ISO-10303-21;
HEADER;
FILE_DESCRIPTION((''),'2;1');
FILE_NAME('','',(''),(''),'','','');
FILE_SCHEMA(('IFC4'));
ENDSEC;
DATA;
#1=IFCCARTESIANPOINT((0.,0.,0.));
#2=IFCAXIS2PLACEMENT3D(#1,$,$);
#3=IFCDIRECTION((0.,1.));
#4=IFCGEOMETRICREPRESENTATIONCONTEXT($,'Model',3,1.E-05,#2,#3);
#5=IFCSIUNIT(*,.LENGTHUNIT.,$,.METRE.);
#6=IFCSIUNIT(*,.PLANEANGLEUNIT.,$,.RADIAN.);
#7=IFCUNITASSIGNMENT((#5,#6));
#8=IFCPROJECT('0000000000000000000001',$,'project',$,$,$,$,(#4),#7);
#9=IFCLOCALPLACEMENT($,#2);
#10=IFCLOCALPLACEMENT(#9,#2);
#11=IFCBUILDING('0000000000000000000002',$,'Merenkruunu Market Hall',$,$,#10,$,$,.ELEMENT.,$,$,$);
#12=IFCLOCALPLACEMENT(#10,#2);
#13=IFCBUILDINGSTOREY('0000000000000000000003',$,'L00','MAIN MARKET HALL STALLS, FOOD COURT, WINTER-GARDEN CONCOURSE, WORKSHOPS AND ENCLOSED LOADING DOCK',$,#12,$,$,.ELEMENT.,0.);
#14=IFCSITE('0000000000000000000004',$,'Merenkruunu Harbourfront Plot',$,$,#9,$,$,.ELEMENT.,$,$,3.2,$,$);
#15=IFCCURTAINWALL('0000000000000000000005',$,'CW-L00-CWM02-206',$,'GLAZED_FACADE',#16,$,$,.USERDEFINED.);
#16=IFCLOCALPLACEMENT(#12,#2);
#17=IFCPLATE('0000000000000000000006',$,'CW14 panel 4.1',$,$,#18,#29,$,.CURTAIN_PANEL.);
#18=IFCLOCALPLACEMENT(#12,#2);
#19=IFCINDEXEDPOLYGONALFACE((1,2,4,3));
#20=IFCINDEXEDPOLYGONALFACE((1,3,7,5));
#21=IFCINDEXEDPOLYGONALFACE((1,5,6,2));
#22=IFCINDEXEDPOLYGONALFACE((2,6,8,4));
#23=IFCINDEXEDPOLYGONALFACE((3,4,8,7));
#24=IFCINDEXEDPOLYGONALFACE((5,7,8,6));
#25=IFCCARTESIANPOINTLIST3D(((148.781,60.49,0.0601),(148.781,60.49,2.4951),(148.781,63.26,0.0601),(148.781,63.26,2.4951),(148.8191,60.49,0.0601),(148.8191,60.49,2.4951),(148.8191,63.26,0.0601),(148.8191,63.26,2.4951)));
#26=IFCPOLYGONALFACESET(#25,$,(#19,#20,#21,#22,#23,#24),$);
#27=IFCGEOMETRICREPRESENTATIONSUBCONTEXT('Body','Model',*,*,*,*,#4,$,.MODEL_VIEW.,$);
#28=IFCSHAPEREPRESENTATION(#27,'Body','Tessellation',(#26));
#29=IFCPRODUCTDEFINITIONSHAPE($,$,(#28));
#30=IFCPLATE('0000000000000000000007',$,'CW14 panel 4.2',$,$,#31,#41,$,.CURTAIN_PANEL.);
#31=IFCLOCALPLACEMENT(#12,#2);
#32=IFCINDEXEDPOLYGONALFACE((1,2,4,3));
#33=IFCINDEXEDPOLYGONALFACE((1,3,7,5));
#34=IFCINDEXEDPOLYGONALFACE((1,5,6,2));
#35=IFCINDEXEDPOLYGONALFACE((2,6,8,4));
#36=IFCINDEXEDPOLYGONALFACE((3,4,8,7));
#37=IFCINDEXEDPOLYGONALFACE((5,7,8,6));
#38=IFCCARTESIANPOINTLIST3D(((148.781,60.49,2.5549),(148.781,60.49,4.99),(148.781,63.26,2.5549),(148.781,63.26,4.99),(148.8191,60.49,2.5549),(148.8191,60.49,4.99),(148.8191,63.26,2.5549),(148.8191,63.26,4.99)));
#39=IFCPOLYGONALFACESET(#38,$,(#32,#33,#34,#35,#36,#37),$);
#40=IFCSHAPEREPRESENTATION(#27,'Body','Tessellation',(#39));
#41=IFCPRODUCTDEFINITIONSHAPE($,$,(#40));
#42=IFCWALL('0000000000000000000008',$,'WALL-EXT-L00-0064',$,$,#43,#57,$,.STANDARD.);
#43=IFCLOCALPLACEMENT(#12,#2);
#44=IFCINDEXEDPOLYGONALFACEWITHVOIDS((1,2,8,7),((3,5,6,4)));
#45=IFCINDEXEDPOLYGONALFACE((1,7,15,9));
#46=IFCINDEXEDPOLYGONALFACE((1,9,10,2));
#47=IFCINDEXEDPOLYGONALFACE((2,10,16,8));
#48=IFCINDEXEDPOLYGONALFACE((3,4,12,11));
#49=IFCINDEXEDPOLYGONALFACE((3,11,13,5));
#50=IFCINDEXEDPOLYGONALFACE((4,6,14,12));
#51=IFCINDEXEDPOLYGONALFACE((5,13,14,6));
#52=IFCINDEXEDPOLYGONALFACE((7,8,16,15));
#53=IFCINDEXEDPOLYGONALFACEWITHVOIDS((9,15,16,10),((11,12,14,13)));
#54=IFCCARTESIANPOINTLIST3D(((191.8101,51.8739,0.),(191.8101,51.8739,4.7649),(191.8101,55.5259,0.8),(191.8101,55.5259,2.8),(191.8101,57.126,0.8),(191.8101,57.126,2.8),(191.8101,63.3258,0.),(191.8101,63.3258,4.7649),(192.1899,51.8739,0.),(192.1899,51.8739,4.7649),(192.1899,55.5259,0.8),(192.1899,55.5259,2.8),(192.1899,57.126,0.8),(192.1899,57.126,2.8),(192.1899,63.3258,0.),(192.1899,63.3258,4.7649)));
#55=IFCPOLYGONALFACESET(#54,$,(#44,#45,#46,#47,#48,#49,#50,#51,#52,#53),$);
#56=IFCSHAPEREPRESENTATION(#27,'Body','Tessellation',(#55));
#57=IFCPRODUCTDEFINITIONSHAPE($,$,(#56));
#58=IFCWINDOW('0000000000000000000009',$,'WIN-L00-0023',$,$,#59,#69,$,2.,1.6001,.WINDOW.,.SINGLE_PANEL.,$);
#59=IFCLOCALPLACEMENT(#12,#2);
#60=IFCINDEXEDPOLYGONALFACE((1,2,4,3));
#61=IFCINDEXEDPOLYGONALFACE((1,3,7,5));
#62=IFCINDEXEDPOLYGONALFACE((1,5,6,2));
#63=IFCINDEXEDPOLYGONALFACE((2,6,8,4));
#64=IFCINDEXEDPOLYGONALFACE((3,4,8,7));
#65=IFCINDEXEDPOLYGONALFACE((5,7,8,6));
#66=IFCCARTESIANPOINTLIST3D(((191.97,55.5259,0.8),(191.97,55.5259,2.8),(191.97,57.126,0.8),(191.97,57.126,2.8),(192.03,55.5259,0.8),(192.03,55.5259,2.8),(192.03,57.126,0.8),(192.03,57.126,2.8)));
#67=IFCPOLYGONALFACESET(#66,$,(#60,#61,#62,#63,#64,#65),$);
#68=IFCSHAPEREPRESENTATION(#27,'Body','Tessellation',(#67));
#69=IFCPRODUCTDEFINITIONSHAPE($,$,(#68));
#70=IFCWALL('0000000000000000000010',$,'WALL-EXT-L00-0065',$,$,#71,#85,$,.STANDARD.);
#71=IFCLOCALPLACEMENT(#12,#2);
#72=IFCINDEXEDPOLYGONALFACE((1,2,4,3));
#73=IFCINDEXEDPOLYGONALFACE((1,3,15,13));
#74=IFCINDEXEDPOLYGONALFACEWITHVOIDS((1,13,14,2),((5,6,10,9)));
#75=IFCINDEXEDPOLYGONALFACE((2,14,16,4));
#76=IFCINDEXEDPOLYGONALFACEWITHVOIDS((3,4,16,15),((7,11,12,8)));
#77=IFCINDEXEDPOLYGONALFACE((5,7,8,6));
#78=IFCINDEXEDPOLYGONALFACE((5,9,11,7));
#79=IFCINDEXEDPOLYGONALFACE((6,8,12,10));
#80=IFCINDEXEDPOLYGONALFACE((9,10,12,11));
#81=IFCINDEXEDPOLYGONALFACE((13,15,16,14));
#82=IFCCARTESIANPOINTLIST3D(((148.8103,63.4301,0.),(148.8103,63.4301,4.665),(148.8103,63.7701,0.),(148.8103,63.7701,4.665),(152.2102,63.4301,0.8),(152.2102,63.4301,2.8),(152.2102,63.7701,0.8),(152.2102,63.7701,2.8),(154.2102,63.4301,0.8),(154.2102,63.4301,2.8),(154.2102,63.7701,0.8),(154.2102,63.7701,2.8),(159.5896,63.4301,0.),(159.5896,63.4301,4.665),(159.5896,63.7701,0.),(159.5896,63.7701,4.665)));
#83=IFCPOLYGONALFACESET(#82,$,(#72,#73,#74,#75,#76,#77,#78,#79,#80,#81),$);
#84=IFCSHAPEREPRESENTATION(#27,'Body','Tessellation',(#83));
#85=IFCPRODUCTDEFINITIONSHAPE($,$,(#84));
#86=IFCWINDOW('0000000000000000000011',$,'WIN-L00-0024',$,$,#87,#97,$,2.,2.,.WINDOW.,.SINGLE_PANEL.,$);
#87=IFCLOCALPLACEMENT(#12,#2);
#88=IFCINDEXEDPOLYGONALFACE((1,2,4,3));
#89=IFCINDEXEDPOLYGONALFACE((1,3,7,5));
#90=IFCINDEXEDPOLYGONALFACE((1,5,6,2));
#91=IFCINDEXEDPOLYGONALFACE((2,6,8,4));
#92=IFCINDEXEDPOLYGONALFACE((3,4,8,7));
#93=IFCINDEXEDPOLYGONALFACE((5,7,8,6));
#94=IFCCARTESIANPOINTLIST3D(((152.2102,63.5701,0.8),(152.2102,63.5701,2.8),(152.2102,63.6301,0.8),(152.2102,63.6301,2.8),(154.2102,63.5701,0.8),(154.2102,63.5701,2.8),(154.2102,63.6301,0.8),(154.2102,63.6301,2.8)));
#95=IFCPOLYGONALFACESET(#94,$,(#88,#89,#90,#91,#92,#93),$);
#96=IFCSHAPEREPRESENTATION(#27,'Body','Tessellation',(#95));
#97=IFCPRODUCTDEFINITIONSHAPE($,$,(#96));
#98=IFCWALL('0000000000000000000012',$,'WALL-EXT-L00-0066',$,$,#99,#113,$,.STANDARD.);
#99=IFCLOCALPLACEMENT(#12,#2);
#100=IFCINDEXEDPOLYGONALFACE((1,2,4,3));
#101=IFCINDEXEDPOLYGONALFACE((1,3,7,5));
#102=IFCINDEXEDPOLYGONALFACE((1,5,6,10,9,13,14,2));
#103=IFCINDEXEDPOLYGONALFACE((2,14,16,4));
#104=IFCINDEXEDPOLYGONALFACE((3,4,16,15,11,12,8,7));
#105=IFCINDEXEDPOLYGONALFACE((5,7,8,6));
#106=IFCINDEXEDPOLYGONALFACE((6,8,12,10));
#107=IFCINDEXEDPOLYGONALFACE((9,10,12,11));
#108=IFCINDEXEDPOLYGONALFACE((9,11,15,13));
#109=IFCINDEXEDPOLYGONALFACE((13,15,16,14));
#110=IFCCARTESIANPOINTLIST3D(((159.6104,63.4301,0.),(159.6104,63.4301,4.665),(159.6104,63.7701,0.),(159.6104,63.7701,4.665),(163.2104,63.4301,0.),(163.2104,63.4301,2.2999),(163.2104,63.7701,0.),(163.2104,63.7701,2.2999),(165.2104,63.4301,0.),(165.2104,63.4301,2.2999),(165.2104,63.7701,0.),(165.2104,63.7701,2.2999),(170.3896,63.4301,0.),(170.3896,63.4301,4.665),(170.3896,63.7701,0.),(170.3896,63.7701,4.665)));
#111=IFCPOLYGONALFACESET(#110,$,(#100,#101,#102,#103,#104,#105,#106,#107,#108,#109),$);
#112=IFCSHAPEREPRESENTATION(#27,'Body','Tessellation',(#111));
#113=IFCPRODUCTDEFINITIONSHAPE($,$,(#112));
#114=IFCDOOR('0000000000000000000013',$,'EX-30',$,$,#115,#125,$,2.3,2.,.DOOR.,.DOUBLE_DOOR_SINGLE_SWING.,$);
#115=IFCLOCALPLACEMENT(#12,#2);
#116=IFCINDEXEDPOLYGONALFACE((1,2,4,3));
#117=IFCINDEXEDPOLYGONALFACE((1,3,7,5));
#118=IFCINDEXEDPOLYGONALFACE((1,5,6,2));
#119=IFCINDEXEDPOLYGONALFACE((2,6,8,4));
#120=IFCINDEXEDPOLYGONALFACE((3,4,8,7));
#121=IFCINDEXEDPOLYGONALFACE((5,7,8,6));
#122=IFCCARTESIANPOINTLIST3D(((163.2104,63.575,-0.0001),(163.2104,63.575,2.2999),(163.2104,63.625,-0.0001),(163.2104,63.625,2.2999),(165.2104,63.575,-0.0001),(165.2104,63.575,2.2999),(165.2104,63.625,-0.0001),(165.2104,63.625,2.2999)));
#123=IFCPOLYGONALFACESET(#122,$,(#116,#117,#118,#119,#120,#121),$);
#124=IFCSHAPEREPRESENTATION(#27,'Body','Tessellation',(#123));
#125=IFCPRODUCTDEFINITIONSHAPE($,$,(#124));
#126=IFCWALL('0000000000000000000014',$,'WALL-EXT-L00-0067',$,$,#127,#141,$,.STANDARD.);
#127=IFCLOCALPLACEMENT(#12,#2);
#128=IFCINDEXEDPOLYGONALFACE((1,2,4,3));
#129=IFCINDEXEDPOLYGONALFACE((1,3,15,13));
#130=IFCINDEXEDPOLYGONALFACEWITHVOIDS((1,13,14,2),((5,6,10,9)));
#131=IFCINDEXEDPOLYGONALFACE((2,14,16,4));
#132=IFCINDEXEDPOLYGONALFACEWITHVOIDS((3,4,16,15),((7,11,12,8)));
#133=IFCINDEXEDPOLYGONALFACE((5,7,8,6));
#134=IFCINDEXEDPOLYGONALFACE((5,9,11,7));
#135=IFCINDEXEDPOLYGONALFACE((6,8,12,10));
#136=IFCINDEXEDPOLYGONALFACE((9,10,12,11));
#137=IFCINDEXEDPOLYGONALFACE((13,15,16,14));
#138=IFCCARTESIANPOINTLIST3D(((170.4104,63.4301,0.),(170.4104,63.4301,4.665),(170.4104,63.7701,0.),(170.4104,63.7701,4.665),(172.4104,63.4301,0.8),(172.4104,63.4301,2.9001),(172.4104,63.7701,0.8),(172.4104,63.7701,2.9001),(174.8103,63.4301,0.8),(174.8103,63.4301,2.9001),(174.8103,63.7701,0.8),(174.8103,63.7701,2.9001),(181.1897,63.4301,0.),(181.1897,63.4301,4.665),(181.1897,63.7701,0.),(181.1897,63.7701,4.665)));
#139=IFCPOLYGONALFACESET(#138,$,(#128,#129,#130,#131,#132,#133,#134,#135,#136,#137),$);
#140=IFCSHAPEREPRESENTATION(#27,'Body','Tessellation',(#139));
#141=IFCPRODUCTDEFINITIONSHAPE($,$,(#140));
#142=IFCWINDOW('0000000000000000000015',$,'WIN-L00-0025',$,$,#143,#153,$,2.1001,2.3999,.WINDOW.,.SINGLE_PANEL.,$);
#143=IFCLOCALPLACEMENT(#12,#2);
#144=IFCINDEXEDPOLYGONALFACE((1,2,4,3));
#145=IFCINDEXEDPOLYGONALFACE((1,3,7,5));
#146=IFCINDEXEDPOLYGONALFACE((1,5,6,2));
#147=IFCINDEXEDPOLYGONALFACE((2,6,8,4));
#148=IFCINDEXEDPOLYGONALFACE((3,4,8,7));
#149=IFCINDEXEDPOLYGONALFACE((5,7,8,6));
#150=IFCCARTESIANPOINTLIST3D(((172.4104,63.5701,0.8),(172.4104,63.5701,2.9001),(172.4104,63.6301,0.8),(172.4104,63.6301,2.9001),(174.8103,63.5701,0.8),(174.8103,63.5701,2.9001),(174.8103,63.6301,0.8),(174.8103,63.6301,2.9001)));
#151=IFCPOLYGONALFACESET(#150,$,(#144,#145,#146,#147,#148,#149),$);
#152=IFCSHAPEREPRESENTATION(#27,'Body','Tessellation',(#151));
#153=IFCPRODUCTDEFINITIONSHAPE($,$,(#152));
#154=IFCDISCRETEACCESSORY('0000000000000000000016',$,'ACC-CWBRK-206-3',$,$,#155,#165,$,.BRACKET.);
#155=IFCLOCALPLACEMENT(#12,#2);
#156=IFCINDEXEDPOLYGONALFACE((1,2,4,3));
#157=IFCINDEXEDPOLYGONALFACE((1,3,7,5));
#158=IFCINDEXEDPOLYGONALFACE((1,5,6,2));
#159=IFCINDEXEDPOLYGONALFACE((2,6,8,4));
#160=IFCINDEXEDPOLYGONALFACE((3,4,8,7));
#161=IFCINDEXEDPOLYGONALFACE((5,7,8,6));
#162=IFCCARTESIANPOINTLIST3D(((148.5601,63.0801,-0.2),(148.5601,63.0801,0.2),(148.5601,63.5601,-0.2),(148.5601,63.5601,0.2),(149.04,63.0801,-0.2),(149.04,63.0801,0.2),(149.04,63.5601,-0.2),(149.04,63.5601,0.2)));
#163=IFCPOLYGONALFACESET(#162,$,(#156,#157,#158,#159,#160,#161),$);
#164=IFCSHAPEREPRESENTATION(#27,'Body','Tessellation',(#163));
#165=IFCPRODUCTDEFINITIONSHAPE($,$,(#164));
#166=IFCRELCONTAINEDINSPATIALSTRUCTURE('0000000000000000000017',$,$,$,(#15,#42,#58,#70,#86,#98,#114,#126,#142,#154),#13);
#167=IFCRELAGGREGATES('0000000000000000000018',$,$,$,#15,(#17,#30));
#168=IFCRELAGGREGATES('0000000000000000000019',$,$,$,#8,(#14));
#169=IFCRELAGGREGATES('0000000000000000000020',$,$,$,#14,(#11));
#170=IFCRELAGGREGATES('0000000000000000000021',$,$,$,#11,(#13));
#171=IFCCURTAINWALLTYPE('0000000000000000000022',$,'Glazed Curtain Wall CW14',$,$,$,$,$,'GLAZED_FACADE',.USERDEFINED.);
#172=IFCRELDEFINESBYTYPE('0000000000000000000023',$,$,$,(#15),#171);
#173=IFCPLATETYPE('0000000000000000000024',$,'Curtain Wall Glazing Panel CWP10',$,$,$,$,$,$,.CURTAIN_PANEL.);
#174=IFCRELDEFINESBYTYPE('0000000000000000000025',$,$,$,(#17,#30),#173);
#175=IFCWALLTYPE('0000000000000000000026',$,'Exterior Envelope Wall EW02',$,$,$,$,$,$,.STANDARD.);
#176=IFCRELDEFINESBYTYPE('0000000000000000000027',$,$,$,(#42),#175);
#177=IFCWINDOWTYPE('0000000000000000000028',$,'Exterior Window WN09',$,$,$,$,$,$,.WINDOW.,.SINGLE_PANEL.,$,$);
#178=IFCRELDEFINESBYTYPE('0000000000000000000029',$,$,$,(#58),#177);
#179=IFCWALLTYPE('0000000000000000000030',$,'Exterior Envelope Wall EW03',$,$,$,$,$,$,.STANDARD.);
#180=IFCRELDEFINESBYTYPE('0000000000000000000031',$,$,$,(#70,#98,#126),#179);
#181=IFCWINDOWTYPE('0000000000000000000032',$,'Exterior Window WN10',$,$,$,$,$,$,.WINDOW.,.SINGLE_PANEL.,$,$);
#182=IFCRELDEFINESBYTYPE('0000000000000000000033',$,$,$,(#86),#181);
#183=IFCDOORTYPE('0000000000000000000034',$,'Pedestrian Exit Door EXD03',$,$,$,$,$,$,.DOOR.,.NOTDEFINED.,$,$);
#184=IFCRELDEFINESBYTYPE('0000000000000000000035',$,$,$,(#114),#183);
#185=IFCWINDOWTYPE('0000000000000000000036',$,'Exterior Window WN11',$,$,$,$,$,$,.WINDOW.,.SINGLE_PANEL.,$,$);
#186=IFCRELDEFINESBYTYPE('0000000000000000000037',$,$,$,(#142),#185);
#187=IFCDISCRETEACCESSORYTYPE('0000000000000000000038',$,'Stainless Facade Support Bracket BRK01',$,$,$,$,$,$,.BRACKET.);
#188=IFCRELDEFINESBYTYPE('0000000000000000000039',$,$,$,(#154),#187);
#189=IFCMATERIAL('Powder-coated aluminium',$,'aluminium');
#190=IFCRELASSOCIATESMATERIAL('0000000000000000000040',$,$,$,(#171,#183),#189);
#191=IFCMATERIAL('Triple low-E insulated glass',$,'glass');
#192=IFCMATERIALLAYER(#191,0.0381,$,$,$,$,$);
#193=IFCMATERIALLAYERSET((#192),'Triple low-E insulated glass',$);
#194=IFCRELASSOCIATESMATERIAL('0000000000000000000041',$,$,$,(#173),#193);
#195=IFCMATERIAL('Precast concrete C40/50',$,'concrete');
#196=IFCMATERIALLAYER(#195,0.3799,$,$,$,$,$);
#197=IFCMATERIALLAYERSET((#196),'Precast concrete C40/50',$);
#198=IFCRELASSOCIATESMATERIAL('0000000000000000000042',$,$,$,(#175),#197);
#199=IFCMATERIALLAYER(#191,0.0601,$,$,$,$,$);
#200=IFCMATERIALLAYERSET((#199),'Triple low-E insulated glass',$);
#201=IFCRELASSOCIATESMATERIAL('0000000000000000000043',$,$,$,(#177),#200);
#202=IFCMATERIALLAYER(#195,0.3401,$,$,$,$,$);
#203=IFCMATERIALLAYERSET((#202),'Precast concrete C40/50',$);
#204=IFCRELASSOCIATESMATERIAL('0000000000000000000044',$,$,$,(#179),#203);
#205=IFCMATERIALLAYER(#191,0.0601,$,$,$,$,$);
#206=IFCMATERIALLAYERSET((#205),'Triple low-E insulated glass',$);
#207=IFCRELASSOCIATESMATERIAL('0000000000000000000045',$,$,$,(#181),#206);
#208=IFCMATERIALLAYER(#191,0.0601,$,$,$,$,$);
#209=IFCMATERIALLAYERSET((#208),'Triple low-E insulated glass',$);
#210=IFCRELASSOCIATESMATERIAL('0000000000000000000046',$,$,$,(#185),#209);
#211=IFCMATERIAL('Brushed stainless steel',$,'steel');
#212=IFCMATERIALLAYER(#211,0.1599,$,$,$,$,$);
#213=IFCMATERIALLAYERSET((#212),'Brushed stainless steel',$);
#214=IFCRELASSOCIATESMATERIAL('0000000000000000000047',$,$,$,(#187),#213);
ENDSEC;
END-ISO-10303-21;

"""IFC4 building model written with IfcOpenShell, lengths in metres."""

from ifc_helpers import new_model, si_unit, direction, frame, frame_2d, origin, origin_2d, place, context, subcontext, project, spatial, rectangle, extrude, material, layer, layer_set, type_object, element, fill, aggregate, save


model = new_model("IFC4")

# Units and contexts
model_context = context("Model", 3, precision=1e-05, world=origin(), true_north=direction((0.0, 1.0)))
body_context = subcontext(model_context, "Body", "Model", "MODEL_VIEW")
ifc_project = project(units=[si_unit("LENGTHUNIT", "METRE"), si_unit("PLANEANGLEUNIT", "RADIAN")], contexts=[model_context])

# Site, building, storey
site_placement = place(None, origin())
site = spatial("IfcSite", under=ifc_project, at=site_placement, Name="Merenkruunu Harbourfront Plot", CompositionType="ELEMENT", RefElevation=3.2)
building_placement = place(site_placement, origin())
building = spatial("IfcBuilding", under=site, at=building_placement, Name="Merenkruunu Market Hall", CompositionType="ELEMENT")
storey_placement = place(building_placement, origin())
storey = spatial("IfcBuildingStorey", under=building, at=storey_placement, Name="L00", Description="MAIN MARKET HALL STALLS, FOOD COURT, WINTER-GARDEN CONCOURSE, WORKSHOPS AND ENCLOSED LOADING DOCK", CompositionType="ELEMENT", Elevation=0.0)

# Curtain wall
ifc_material_1 = material(Name="Powder-coated aluminium", Category="aluminium")
curtain_wall_type = type_object("IfcCurtainWallType", Name="Glazed Curtain Wall CW14", ElementType="GLAZED_FACADE", PredefinedType="USERDEFINED", material=ifc_material_1)
curtain_wall_placement = place(storey_placement, origin())
curtain_wall = element("IfcCurtainWall", 1, at=curtain_wall_placement, inside=storey, type_object=curtain_wall_type, Name="CW-L00-CWM02-206", ObjectType="GLAZED_FACADE", PredefinedType="USERDEFINED")

# Plates
ifc_material_2 = material(Name="Triple low-E insulated glass", Category="glass")
ifc_layer_1 = layer(ifc_material_2, 0.0381)
ifc_layer_set_1 = layer_set([ifc_layer_1], Name="Triple low-E insulated glass")
plate_type_1 = type_object("IfcPlateType", Name="Curtain Wall Glazing Panel CWP10", PredefinedType="CURTAIN_PANEL", material=ifc_layer_set_1)
plate_1_placement = place(storey_placement, frame((148.8, 61.875, 0.0601), z_axis=(0.0, 0.0, 1.0), x_axis=(0.0, 1.0, 0.0)))
plate_1 = element("IfcPlate", 2, at=plate_1_placement, type_object=plate_type_1, Name="CW14 panel 4.1", PredefinedType="CURTAIN_PANEL", context=body_context, shape_type="SweptSolid", body=[
    extrude(rectangle(XDim=2.77, YDim=0.0381, at=origin_2d()), origin(), (0.0, 0.0, 1.0), 2.4351),
])
plate_2_placement = place(storey_placement, frame((148.8, 61.875, 2.5549), z_axis=(0.0, 0.0, 1.0), x_axis=(0.0, 1.0, 0.0)))
plate_2 = element("IfcPlate", 3, at=plate_2_placement, type_object=plate_type_1, Name="CW14 panel 4.2", PredefinedType="CURTAIN_PANEL", context=body_context, shape_type="SweptSolid", body=[
    extrude(rectangle(XDim=2.77, YDim=0.0381, at=origin_2d()), origin(), (0.0, 0.0, 1.0), 2.4351),
])
aggregate(curtain_wall, [plate_1, plate_2])

# Walls, openings, windows
ifc_material_3 = material(Name="Precast concrete C40/50", Category="concrete")
ifc_layer_2 = layer(ifc_material_3, 0.3799)
ifc_layer_set_2 = layer_set([ifc_layer_2], Name="Precast concrete C40/50")
wall_type_1 = type_object("IfcWallType", Name="Exterior Envelope Wall EW02", PredefinedType="STANDARD", material=ifc_layer_set_2)
wall_1_placement = place(storey_placement, frame((192.0, 63.3259, 0.0), z_axis=(0.0, 0.0, 1.0), x_axis=(0.0, -1.0, 0.0)))
wall_1 = element("IfcWall", 4, at=wall_1_placement, inside=storey, type_object=wall_type_1, Name="WALL-EXT-L00-0064", PredefinedType="STANDARD", context=body_context, shape_type="SweptSolid", body=[
    extrude(rectangle(XDim=11.4519, YDim=0.3799, at=frame_2d((5.7261, 0.0))), origin(), (0.0, 0.0, 1.0), 4.7649),
])
opening_1_placement = place(wall_1_placement, frame((6.2, 0.0, 0.8)))
opening_1 = element("IfcOpeningElement", 5, at=opening_1_placement, cuts=wall_1, PredefinedType="OPENING", context=body_context, shape_type="SweptSolid", body=[
    extrude(rectangle(XDim=1.6001, YDim=2.0, at=frame_2d((0.8, 1.0))), frame((0.0, 0.2, 0.0), z_axis=(0.0, -1.0, 0.0), x_axis=(1.0, 0.0, 0.0)), (0.0, 0.0, 1.0), 0.3999),
])
ifc_layer_3 = layer(ifc_material_2, 0.0601)
ifc_layer_set_3 = layer_set([ifc_layer_3], Name="Triple low-E insulated glass")
window_type_1 = type_object("IfcWindowType", Name="Exterior Window WN09", PartitioningType="SINGLE_PANEL", PredefinedType="WINDOW", material=ifc_layer_set_3)
window_1_placement = place(opening_1_placement, origin())
window_1 = element("IfcWindow", 6, at=window_1_placement, inside=storey, type_object=window_type_1, Name="WIN-L00-0023", OverallHeight=2.0, OverallWidth=1.6001, PartitioningType="SINGLE_PANEL", PredefinedType="WINDOW", context=body_context, shape_type="SweptSolid", body=[
    extrude(rectangle(XDim=1.6001, YDim=2.0, at=frame_2d((0.8, 1.0))), frame((0.0, 0.03, 0.0), z_axis=(0.0, -1.0, 0.0), x_axis=(1.0, 0.0, 0.0)), (0.0, 0.0, 1.0), 0.0601),
])
fill(opening_1, window_1)
ifc_layer_4 = layer(ifc_material_3, 0.3401)
ifc_layer_set_4 = layer_set([ifc_layer_4], Name="Precast concrete C40/50")
wall_type_2 = type_object("IfcWallType", Name="Exterior Envelope Wall EW03", PredefinedType="STANDARD", material=ifc_layer_set_4)
wall_2_placement = place(storey_placement, frame((148.8103, 63.6001, 0.0), z_axis=(0.0, 0.0, 1.0), x_axis=(1.0, 0.0, 0.0)))
wall_2 = element("IfcWall", 7, at=wall_2_placement, inside=storey, type_object=wall_type_2, Name="WALL-EXT-L00-0065", PredefinedType="STANDARD", context=body_context, shape_type="SweptSolid", body=[
    extrude(rectangle(XDim=10.7793, YDim=0.3401, at=frame_2d((5.3896, 0.0))), origin(), (0.0, 0.0, 1.0), 4.665),
])
opening_2_placement = place(wall_2_placement, frame((3.3999, 0.0, 0.8)))
opening_2 = element("IfcOpeningElement", 8, at=opening_2_placement, cuts=wall_2, PredefinedType="OPENING", context=body_context, shape_type="SweptSolid", body=[
    extrude(rectangle(XDim=2.0, YDim=2.0, at=frame_2d((1.0, 1.0))), frame((0.0, 0.1802, 0.0), z_axis=(0.0, -1.0, 0.0), x_axis=(1.0, 0.0, 0.0)), (0.0, 0.0, 1.0), 0.3601),
])
ifc_layer_5 = layer(ifc_material_2, 0.0601)
ifc_layer_set_5 = layer_set([ifc_layer_5], Name="Triple low-E insulated glass")
window_type_2 = type_object("IfcWindowType", Name="Exterior Window WN10", PartitioningType="SINGLE_PANEL", PredefinedType="WINDOW", material=ifc_layer_set_5)
window_2_placement = place(opening_2_placement, origin())
window_2 = element("IfcWindow", 9, at=window_2_placement, inside=storey, type_object=window_type_2, Name="WIN-L00-0024", OverallHeight=2.0, OverallWidth=2.0, PartitioningType="SINGLE_PANEL", PredefinedType="WINDOW", context=body_context, shape_type="SweptSolid", body=[
    extrude(rectangle(XDim=2.0, YDim=2.0, at=frame_2d((1.0, 1.0))), frame((0.0, 0.03, 0.0), z_axis=(0.0, -1.0, 0.0), x_axis=(1.0, 0.0, 0.0)), (0.0, 0.0, 1.0), 0.0601),
])
fill(opening_2, window_2)

# Wall, opening, door
wall_3_placement = place(storey_placement, frame((159.6104, 63.6001, 0.0), z_axis=(0.0, 0.0, 1.0), x_axis=(1.0, 0.0, 0.0)))
wall_3 = element("IfcWall", 10, at=wall_3_placement, inside=storey, type_object=wall_type_2, Name="WALL-EXT-L00-0066", PredefinedType="STANDARD", context=body_context, shape_type="SweptSolid", body=[
    extrude(rectangle(XDim=10.7793, YDim=0.3401, at=frame_2d((5.3896, 0.0))), origin(), (0.0, 0.0, 1.0), 4.665),
])
opening_3_placement = place(wall_3_placement, frame((3.6001, 0.0, 0.0)))
opening_3 = element("IfcOpeningElement", 11, at=opening_3_placement, cuts=wall_3, PredefinedType="OPENING", context=body_context, shape_type="SweptSolid", body=[
    extrude(rectangle(XDim=2.0, YDim=2.3, at=frame_2d((1.0, 1.1499))), frame((0.0, 0.1802, 0.0), z_axis=(0.0, -1.0, 0.0), x_axis=(1.0, 0.0, 0.0)), (0.0, 0.0, 1.0), 0.3601),
])
door_type = type_object("IfcDoorType", Name="Pedestrian Exit Door EXD03", OperationType="NOTDEFINED", PredefinedType="DOOR", material=ifc_material_1)
door_placement = place(opening_3_placement, origin())
door = element("IfcDoor", 12, at=door_placement, inside=storey, type_object=door_type, Name="EX-30", OperationType="DOUBLE_DOOR_SINGLE_SWING", OverallHeight=2.3, OverallWidth=2.0, PredefinedType="DOOR", context=body_context, shape_type="SweptSolid", body=[
    extrude(rectangle(XDim=2.0, YDim=2.3, at=frame_2d((1.0, 1.1499))), frame((0.0, 0.0249, 0.0), z_axis=(0.0, -1.0, 0.0), x_axis=(1.0, 0.0, 0.0)), (0.0, 0.0, 1.0), 0.05),
])
fill(opening_3, door)

# Wall, opening, window
wall_4_placement = place(storey_placement, frame((170.4104, 63.6001, 0.0), z_axis=(0.0, 0.0, 1.0), x_axis=(1.0, 0.0, 0.0)))
wall_4 = element("IfcWall", 13, at=wall_4_placement, inside=storey, type_object=wall_type_2, Name="WALL-EXT-L00-0067", PredefinedType="STANDARD", context=body_context, shape_type="SweptSolid", body=[
    extrude(rectangle(XDim=10.7793, YDim=0.3401, at=frame_2d((5.3896, 0.0))), origin(), (0.0, 0.0, 1.0), 4.665),
])
opening_4_placement = place(wall_4_placement, frame((2.0, 0.0, 0.8)))
opening_4 = element("IfcOpeningElement", 14, at=opening_4_placement, cuts=wall_4, PredefinedType="OPENING", context=body_context, shape_type="SweptSolid", body=[
    extrude(rectangle(XDim=2.3999, YDim=2.1001, at=frame_2d((1.2, 1.05))), frame((0.0, 0.1802, 0.0), z_axis=(0.0, -1.0, 0.0), x_axis=(1.0, 0.0, 0.0)), (0.0, 0.0, 1.0), 0.3601),
])
ifc_layer_6 = layer(ifc_material_2, 0.0601)
ifc_layer_set_6 = layer_set([ifc_layer_6], Name="Triple low-E insulated glass")
window_type_3 = type_object("IfcWindowType", Name="Exterior Window WN11", PartitioningType="SINGLE_PANEL", PredefinedType="WINDOW", material=ifc_layer_set_6)
window_3_placement = place(opening_4_placement, origin())
window_3 = element("IfcWindow", 15, at=window_3_placement, inside=storey, type_object=window_type_3, Name="WIN-L00-0025", OverallHeight=2.1001, OverallWidth=2.3999, PartitioningType="SINGLE_PANEL", PredefinedType="WINDOW", context=body_context, shape_type="SweptSolid", body=[
    extrude(rectangle(XDim=2.3999, YDim=2.1001, at=frame_2d((1.2, 1.05))), frame((0.0, 0.03, 0.0), z_axis=(0.0, -1.0, 0.0), x_axis=(1.0, 0.0, 0.0)), (0.0, 0.0, 1.0), 0.0601),
])
fill(opening_4, window_3)

# Discrete accessory
ifc_material_4 = material(Name="Brushed stainless steel", Category="steel")
ifc_layer_7 = layer(ifc_material_4, 0.1599)
ifc_layer_set_7 = layer_set([ifc_layer_7], Name="Brushed stainless steel")
discrete_accessory_type = type_object("IfcDiscreteAccessoryType", Name="Stainless Facade Support Bracket BRK01", PredefinedType="BRACKET", material=ifc_layer_set_7)
discrete_accessory_placement = place(storey_placement, frame((148.8, 63.3201, -0.2), z_axis=(0.0, 0.0, 1.0), x_axis=(1.0, 0.0, 0.0)))
element("IfcDiscreteAccessory", 16, at=discrete_accessory_placement, inside=storey, type_object=discrete_accessory_type, Name="ACC-CWBRK-206-3", PredefinedType="BRACKET", context=body_context, shape_type="SweptSolid", body=[
    extrude(rectangle(XDim=0.48, YDim=0.48, at=origin_2d()), origin(), (0.0, 0.0, 1.0), 0.3999),
])

save(model, "model.ifc")
